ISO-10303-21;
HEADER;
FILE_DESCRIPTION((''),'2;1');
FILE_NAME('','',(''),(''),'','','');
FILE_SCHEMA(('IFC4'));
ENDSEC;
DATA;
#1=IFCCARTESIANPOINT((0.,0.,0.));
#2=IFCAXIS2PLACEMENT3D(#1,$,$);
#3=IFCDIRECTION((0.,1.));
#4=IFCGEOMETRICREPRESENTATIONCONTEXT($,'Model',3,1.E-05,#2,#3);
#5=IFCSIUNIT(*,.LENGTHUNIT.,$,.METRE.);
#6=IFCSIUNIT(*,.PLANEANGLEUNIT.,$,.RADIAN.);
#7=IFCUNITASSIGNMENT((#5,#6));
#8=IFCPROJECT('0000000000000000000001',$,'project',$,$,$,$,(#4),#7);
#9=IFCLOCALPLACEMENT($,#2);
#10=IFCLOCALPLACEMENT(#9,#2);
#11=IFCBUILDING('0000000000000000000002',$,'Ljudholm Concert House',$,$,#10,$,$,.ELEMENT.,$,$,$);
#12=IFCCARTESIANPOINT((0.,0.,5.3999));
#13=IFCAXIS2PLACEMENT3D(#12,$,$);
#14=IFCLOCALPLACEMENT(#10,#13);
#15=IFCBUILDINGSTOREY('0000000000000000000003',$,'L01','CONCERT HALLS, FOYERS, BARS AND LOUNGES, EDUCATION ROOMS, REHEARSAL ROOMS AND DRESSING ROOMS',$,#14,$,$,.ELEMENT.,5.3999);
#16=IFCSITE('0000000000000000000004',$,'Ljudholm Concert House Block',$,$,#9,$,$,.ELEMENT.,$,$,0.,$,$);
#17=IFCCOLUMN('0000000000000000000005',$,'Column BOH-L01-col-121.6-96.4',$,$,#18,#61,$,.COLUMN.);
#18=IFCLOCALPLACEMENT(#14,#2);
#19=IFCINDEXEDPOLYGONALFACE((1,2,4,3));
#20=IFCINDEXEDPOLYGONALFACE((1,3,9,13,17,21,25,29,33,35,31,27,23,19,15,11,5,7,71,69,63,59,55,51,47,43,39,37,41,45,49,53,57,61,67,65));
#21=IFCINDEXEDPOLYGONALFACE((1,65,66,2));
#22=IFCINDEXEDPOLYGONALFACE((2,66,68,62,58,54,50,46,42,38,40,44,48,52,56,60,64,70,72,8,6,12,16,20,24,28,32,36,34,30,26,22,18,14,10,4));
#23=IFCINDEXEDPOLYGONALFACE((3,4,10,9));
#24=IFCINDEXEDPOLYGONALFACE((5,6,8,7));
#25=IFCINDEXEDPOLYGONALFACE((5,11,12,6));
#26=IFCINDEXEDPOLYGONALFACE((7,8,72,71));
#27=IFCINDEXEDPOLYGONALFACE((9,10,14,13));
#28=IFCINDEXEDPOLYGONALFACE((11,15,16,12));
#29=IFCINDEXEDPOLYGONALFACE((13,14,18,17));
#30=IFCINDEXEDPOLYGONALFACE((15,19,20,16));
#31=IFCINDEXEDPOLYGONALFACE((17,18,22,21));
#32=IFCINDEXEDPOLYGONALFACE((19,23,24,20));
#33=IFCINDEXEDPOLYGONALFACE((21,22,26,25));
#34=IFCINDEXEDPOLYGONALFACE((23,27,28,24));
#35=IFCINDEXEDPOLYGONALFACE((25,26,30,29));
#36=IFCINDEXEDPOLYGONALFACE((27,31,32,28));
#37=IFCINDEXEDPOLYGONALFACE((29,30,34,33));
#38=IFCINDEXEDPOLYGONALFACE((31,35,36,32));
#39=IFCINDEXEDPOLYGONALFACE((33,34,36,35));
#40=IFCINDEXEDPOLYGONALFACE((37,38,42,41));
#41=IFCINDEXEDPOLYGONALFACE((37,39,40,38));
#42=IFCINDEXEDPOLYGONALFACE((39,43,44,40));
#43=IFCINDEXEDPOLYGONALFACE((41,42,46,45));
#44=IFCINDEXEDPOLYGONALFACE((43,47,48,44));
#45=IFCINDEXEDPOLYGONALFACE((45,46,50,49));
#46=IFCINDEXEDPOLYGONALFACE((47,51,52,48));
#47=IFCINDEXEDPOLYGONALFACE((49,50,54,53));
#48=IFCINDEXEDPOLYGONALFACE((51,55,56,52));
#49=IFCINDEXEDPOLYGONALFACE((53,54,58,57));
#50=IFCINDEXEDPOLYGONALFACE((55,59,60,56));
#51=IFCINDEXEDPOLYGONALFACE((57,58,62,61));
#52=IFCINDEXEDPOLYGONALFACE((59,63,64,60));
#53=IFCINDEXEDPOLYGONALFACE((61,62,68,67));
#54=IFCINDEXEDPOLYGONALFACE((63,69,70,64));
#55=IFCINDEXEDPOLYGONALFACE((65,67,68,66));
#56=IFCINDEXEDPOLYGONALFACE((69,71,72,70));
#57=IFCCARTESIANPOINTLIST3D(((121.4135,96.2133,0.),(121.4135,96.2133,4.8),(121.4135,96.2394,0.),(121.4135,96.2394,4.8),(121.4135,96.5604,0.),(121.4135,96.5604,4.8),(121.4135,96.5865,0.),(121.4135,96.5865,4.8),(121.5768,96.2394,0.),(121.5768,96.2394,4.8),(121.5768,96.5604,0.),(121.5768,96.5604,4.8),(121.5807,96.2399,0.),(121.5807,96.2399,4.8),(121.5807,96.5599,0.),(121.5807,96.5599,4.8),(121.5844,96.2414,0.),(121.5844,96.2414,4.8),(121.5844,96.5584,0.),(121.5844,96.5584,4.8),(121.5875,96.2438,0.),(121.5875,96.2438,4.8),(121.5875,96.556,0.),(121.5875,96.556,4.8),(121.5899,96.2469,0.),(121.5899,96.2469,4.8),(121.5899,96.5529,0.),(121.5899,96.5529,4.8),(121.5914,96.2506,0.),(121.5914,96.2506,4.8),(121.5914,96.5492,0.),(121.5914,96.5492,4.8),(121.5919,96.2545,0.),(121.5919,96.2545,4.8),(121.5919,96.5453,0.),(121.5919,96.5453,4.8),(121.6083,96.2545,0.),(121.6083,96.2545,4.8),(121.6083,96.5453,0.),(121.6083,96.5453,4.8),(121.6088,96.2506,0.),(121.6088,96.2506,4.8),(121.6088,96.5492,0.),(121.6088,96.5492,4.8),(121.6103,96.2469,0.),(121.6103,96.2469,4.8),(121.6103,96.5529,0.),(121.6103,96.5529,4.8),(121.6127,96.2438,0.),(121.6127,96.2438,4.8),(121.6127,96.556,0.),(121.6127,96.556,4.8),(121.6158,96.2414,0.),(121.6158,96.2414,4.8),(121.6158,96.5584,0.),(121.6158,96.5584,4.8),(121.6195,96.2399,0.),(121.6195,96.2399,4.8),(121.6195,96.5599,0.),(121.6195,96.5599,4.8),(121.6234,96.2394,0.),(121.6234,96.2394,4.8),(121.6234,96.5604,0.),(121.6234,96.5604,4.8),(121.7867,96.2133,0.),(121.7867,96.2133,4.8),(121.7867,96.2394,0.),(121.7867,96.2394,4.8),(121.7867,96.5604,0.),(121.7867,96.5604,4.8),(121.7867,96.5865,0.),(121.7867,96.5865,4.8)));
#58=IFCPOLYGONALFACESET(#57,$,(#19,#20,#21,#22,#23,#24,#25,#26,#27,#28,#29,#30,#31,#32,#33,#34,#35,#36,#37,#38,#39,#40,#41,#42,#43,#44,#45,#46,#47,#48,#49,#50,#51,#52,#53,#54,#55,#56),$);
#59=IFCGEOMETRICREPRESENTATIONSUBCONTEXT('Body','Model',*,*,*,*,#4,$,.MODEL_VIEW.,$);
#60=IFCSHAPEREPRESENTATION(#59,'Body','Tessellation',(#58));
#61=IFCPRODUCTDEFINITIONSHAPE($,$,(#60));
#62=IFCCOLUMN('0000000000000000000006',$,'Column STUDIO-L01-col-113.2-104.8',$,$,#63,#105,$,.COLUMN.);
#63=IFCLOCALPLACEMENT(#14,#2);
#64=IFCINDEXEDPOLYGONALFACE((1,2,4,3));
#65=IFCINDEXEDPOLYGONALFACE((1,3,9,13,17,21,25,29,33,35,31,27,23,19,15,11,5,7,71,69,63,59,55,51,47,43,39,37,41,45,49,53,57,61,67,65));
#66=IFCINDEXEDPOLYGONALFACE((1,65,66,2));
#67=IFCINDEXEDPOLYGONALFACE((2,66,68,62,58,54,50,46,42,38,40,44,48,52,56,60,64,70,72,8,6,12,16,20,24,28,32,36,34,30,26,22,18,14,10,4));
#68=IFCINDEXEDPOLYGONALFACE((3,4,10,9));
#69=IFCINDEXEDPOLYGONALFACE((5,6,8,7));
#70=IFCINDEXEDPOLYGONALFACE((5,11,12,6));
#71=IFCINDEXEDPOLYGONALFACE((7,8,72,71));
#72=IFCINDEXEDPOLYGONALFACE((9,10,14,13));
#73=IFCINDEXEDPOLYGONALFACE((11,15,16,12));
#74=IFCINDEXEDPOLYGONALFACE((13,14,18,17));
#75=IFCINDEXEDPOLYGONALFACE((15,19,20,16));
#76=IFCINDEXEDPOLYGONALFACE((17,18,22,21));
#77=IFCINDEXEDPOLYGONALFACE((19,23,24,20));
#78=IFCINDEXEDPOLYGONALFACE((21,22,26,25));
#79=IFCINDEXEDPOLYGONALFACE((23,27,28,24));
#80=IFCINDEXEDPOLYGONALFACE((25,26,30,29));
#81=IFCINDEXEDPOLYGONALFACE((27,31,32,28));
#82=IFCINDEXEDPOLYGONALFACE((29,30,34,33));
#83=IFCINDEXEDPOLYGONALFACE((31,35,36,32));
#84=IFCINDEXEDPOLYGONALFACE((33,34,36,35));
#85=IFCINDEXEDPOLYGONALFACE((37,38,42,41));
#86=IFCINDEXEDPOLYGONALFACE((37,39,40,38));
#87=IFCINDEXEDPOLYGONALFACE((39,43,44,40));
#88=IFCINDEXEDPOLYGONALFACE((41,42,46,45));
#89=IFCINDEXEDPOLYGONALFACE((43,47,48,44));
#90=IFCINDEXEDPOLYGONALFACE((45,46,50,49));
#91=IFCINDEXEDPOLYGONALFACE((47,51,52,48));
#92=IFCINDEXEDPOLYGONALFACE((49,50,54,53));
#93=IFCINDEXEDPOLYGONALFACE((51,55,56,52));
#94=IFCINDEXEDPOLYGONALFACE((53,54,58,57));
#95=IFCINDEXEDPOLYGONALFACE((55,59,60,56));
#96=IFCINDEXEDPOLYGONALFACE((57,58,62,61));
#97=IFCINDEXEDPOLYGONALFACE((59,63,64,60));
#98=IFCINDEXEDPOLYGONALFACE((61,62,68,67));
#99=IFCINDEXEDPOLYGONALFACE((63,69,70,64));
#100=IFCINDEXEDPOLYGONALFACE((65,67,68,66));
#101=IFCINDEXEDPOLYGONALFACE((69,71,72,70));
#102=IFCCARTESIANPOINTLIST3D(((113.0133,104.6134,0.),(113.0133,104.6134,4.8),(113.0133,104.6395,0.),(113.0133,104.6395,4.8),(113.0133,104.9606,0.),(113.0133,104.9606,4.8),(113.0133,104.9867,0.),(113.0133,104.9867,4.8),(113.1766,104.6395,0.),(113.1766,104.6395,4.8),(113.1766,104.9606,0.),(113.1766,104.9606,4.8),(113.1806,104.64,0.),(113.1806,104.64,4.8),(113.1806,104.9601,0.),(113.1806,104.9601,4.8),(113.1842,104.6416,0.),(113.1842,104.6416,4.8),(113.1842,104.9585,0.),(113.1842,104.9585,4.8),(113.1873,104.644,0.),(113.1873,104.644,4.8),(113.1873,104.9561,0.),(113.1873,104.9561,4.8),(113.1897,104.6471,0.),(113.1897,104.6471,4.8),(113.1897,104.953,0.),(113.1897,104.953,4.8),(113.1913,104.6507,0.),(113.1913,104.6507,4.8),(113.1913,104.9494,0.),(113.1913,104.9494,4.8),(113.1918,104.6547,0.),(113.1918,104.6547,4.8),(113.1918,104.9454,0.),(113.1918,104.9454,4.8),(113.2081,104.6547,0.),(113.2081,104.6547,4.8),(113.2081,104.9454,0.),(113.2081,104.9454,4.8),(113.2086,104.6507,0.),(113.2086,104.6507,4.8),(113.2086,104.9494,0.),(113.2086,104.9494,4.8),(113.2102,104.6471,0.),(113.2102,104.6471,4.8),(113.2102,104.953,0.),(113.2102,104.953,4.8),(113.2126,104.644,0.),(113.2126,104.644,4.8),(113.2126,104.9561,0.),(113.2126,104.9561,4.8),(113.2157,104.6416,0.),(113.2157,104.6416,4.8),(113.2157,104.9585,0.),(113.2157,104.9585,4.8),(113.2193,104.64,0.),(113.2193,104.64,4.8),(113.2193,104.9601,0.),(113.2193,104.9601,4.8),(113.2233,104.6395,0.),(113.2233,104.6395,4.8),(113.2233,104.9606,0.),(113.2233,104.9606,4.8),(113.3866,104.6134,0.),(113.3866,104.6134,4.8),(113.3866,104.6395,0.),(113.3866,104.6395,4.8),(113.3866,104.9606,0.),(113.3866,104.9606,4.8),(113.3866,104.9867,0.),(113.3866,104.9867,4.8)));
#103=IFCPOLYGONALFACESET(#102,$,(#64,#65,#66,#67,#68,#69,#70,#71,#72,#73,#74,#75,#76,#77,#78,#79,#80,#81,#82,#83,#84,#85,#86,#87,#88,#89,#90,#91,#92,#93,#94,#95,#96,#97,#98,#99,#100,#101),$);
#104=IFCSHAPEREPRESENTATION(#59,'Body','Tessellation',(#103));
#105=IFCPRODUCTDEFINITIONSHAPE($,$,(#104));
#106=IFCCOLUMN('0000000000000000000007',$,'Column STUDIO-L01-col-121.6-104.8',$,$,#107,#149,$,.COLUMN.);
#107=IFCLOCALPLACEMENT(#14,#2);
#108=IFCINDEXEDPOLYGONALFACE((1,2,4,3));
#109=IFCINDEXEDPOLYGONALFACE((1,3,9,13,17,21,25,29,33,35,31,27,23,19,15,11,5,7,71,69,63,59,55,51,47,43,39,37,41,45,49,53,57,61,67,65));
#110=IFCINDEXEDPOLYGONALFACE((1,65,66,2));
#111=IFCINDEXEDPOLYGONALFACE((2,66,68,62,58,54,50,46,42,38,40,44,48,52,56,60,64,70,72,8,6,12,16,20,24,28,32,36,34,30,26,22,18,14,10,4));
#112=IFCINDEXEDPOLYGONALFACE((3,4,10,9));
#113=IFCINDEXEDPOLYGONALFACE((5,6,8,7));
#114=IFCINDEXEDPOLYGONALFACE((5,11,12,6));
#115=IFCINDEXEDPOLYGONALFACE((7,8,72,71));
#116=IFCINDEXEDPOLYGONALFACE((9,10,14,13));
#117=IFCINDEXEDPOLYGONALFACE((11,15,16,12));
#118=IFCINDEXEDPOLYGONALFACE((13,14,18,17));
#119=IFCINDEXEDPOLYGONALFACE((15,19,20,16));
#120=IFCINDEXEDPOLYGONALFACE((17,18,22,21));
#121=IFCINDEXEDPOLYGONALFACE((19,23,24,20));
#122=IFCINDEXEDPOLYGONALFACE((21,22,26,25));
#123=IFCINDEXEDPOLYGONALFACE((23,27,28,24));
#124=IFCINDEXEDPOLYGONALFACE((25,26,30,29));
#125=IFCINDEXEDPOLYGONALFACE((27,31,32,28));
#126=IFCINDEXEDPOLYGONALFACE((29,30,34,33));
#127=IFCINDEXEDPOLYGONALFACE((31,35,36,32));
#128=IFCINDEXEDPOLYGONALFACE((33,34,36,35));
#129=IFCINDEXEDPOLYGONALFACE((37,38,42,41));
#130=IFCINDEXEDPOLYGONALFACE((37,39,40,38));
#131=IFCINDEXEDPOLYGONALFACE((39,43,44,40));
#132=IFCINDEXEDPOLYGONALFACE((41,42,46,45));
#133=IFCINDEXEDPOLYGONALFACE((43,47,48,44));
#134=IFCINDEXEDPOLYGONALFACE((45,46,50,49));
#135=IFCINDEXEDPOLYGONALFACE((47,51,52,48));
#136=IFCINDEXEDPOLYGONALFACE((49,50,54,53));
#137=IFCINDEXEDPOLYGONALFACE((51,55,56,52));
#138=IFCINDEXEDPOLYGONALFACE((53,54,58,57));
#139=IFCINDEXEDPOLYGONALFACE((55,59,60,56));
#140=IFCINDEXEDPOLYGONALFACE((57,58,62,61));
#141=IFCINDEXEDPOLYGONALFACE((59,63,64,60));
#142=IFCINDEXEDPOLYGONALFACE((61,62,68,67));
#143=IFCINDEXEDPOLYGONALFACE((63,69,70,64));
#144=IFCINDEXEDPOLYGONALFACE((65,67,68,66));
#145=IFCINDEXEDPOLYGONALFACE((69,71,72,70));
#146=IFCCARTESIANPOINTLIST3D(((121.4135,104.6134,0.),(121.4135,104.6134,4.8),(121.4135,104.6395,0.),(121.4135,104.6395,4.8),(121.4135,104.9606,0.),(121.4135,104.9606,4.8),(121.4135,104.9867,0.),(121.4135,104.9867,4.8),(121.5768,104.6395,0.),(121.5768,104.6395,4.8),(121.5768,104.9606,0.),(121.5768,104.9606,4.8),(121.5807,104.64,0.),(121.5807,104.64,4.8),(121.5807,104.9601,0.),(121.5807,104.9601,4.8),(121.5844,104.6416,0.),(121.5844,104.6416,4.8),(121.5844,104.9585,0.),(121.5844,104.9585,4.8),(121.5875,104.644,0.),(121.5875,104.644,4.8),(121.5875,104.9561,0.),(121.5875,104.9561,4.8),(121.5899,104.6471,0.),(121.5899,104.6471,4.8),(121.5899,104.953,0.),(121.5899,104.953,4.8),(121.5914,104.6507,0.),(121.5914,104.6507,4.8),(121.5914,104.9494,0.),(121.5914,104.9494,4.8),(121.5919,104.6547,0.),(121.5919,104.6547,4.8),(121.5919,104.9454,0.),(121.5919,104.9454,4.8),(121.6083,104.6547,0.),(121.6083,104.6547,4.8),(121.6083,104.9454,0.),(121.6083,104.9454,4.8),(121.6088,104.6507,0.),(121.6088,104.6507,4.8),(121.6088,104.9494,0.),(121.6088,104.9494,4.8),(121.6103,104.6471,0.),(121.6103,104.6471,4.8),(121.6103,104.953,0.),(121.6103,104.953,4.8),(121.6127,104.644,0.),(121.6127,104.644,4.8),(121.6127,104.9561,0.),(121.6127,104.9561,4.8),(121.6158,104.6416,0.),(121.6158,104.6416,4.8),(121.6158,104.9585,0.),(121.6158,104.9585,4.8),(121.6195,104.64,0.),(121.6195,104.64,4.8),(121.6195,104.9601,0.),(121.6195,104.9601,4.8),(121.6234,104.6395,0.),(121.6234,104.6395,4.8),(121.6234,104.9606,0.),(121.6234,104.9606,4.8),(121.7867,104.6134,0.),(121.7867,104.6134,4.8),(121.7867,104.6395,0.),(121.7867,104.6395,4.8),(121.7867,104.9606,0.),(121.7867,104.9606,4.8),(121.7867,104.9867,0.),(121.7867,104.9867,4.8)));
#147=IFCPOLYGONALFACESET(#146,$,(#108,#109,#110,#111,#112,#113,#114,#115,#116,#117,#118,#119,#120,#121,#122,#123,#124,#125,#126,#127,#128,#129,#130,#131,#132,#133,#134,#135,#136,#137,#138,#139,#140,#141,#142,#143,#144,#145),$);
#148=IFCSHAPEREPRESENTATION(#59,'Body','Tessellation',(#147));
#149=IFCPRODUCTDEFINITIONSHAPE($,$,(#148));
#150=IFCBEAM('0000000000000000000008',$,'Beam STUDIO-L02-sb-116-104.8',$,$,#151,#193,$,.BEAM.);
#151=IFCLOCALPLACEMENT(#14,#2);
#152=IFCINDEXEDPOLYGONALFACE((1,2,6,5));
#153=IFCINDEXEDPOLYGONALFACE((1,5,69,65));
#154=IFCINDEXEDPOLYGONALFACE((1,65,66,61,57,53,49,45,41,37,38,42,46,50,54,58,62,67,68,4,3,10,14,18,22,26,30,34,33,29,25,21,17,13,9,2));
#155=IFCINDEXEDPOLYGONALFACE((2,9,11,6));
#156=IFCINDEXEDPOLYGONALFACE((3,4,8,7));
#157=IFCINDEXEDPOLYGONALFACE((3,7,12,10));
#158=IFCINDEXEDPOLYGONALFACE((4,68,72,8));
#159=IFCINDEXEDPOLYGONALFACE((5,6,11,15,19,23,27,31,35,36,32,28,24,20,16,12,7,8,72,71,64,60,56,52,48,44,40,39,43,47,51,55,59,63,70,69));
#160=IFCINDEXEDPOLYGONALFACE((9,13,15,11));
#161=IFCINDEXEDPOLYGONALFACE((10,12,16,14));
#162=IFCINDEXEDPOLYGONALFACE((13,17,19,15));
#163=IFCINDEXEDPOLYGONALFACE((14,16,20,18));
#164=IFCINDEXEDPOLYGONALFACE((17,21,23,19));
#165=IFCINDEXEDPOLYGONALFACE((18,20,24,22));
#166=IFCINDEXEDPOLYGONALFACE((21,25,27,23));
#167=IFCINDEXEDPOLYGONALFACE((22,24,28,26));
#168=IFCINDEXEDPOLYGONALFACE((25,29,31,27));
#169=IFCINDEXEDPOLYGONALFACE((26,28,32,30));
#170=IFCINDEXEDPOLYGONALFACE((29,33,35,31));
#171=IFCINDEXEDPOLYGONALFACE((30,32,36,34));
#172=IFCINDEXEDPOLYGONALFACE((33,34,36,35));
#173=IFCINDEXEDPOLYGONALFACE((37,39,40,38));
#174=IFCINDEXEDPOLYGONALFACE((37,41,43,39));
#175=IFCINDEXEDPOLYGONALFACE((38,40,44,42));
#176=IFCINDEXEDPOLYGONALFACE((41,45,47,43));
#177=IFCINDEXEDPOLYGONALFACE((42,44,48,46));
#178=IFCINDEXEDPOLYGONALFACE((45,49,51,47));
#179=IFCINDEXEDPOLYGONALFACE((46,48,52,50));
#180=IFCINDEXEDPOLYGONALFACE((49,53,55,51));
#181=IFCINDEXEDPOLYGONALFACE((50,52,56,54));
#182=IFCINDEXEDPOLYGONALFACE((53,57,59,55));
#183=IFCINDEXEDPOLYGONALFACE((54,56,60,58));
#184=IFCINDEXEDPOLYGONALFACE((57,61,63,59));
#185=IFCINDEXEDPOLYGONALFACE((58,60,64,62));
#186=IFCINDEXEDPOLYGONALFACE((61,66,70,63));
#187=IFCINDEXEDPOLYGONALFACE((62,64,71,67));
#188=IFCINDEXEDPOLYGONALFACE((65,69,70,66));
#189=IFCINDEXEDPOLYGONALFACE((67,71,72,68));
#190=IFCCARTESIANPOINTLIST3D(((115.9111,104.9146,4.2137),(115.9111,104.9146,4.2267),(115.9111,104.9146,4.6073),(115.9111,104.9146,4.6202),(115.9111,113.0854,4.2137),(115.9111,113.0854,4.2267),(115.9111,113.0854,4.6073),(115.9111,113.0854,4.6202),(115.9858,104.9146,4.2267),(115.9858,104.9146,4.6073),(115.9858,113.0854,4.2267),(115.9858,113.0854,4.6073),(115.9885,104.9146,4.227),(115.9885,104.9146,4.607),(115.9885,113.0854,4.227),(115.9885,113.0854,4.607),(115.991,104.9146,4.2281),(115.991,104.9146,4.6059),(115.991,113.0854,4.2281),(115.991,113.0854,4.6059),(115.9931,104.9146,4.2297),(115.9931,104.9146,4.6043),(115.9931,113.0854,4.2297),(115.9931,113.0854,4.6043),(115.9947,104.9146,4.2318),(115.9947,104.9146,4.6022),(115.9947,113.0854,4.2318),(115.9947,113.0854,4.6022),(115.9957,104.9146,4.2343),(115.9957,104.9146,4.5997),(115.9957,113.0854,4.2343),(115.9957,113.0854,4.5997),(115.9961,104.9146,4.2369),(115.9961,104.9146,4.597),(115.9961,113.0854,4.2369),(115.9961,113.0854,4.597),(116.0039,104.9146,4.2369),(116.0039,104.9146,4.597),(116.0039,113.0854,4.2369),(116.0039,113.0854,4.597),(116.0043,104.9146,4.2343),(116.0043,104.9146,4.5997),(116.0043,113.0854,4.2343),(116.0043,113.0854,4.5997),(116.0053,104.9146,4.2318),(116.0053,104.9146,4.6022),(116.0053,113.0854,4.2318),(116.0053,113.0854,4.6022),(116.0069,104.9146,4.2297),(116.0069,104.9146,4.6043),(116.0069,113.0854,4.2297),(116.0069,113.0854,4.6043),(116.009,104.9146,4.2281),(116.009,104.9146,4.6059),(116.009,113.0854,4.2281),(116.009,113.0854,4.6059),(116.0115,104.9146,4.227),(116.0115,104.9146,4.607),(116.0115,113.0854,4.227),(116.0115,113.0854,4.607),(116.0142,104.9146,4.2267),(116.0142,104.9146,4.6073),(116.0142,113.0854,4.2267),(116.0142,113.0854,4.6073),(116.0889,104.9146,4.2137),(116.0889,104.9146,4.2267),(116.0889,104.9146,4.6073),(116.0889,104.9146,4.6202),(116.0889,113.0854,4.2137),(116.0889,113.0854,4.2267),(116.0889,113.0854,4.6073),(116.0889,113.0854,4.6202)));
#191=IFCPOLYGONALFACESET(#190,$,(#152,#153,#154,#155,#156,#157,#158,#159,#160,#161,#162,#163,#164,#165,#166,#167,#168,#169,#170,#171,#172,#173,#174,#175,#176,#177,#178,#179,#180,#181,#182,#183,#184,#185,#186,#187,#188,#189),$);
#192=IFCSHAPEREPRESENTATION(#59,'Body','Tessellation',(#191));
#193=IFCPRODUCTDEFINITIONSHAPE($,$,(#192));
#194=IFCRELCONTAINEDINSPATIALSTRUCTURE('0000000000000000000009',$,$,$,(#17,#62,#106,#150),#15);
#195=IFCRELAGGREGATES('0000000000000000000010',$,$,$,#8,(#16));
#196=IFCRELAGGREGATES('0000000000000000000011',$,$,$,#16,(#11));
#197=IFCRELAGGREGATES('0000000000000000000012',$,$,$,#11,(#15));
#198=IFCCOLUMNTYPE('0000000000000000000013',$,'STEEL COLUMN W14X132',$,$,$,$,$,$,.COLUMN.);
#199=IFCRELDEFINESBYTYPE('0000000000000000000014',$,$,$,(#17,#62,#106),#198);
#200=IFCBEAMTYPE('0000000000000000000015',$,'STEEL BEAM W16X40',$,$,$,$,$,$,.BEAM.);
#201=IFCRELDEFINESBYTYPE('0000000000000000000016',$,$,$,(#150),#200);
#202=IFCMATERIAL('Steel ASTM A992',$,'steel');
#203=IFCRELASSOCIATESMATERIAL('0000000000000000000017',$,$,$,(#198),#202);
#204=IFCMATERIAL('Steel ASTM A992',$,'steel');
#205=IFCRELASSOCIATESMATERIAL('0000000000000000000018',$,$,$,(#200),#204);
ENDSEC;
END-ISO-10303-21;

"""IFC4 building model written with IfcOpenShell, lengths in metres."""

from ifc_helpers import new_model, si_unit, direction, frame, origin, origin_2d, place, context, subcontext, project, spatial, i_section, extrude, material, material_profile, profile_set, type_object, element, save


model = new_model("IFC4")

# Units and contexts
model_context = context("Model", 3, precision=1e-05, world=origin(), true_north=direction((0.0, 1.0)))
body_context = subcontext(model_context, "Body", "Model", "MODEL_VIEW")
ifc_project = project(units=[si_unit("LENGTHUNIT", "METRE"), si_unit("PLANEANGLEUNIT", "RADIAN")], contexts=[model_context])

# Site, building, storey
site_placement = place(None, origin())
site = spatial("IfcSite", under=ifc_project, at=site_placement, Name="Ljudholm Concert House Block", CompositionType="ELEMENT", RefElevation=0.0)
building_placement = place(site_placement, origin())
building = spatial("IfcBuilding", under=site, at=building_placement, Name="Ljudholm Concert House", CompositionType="ELEMENT")
storey_placement = place(building_placement, frame((0.0, 0.0, 5.3999)))
storey = spatial("IfcBuildingStorey", under=building, at=storey_placement, Name="L01", Description="CONCERT HALLS, FOYERS, BARS AND LOUNGES, EDUCATION ROOMS, REHEARSAL ROOMS AND DRESSING ROOMS", CompositionType="ELEMENT", Elevation=5.3999)

# Columns
ifc_material_1 = material(Name="Steel ASTM A992", Category="steel")
ifc_material_profile_1 = material_profile(ifc_material_1, i_section(OverallWidth=0.3733, OverallDepth=0.3733, WebThickness=0.0164, FlangeThickness=0.0261, FilletRadius=0.0151, at=origin_2d()), Name="W14X132")
ifc_profile_set_1 = profile_set([ifc_material_profile_1], Name="Steel ASTM A992")
column_type = type_object("IfcColumnType", Name="STEEL COLUMN W14X132", PredefinedType="COLUMN", material=ifc_profile_set_1)
for number, where, z_axis, x_axis, name in (
    (1, (121.6001, 96.3999, 0.0), (0.0, 0.0, 1.0), (1.0, 0.0, 0.0), "Column BOH-L01-col-121.6-96.4"),
    (2, (113.2, 104.8, 0.0), (0.0, 0.0, 1.0), (1.0, 0.0, 0.0), "Column STUDIO-L01-col-113.2-104.8"),
    (3, (121.6001, 104.8, 0.0), (0.0, 0.0, 1.0), (1.0, 0.0, 0.0), "Column STUDIO-L01-col-121.6-104.8"),
):
    element("IfcColumn", number, at=place(storey_placement, frame(where, z_axis=z_axis, x_axis=x_axis)), inside=storey, type_object=column_type, Name=name, PredefinedType="COLUMN", context=body_context, shape_type="SweptSolid", body=[
        extrude(i_section(OverallWidth=0.3733, OverallDepth=0.3733, WebThickness=0.0164, FlangeThickness=0.0261, FilletRadius=0.0151, at=origin_2d()), origin(), (0.0, 0.0, 1.0), 4.8),
    ])

# Beam
ifc_material_2 = material(Name="Steel ASTM A992", Category="steel")
ifc_material_profile_2 = material_profile(ifc_material_2, i_section(OverallWidth=0.1777, OverallDepth=0.4065, WebThickness=0.0078, FlangeThickness=0.0129, FilletRadius=0.0103, at=origin_2d()), Name="W16X40")
ifc_profile_set_2 = profile_set([ifc_material_profile_2], Name="Steel ASTM A992")
beam_type_1 = type_object("IfcBeamType", Name="STEEL BEAM W16X40", PredefinedType="BEAM", material=ifc_profile_set_2)
beam_placement = place(storey_placement, frame((116.0, 104.9146, 4.417), z_axis=(0.0, 1.0, 0.0), x_axis=(-1.0, 0.0, 0.0)))
element("IfcBeam", 4, at=beam_placement, inside=storey, type_object=beam_type_1, Name="Beam STUDIO-L02-sb-116-104.8", PredefinedType="BEAM", context=body_context, shape_type="SweptSolid", body=[
    extrude(i_section(OverallWidth=0.1777, OverallDepth=0.4065, WebThickness=0.0078, FlangeThickness=0.0129, FilletRadius=0.0103, at=origin_2d()), origin(), (0.0, 0.0, 1.0), 8.1709),
])

save(model, "model.ifc")
